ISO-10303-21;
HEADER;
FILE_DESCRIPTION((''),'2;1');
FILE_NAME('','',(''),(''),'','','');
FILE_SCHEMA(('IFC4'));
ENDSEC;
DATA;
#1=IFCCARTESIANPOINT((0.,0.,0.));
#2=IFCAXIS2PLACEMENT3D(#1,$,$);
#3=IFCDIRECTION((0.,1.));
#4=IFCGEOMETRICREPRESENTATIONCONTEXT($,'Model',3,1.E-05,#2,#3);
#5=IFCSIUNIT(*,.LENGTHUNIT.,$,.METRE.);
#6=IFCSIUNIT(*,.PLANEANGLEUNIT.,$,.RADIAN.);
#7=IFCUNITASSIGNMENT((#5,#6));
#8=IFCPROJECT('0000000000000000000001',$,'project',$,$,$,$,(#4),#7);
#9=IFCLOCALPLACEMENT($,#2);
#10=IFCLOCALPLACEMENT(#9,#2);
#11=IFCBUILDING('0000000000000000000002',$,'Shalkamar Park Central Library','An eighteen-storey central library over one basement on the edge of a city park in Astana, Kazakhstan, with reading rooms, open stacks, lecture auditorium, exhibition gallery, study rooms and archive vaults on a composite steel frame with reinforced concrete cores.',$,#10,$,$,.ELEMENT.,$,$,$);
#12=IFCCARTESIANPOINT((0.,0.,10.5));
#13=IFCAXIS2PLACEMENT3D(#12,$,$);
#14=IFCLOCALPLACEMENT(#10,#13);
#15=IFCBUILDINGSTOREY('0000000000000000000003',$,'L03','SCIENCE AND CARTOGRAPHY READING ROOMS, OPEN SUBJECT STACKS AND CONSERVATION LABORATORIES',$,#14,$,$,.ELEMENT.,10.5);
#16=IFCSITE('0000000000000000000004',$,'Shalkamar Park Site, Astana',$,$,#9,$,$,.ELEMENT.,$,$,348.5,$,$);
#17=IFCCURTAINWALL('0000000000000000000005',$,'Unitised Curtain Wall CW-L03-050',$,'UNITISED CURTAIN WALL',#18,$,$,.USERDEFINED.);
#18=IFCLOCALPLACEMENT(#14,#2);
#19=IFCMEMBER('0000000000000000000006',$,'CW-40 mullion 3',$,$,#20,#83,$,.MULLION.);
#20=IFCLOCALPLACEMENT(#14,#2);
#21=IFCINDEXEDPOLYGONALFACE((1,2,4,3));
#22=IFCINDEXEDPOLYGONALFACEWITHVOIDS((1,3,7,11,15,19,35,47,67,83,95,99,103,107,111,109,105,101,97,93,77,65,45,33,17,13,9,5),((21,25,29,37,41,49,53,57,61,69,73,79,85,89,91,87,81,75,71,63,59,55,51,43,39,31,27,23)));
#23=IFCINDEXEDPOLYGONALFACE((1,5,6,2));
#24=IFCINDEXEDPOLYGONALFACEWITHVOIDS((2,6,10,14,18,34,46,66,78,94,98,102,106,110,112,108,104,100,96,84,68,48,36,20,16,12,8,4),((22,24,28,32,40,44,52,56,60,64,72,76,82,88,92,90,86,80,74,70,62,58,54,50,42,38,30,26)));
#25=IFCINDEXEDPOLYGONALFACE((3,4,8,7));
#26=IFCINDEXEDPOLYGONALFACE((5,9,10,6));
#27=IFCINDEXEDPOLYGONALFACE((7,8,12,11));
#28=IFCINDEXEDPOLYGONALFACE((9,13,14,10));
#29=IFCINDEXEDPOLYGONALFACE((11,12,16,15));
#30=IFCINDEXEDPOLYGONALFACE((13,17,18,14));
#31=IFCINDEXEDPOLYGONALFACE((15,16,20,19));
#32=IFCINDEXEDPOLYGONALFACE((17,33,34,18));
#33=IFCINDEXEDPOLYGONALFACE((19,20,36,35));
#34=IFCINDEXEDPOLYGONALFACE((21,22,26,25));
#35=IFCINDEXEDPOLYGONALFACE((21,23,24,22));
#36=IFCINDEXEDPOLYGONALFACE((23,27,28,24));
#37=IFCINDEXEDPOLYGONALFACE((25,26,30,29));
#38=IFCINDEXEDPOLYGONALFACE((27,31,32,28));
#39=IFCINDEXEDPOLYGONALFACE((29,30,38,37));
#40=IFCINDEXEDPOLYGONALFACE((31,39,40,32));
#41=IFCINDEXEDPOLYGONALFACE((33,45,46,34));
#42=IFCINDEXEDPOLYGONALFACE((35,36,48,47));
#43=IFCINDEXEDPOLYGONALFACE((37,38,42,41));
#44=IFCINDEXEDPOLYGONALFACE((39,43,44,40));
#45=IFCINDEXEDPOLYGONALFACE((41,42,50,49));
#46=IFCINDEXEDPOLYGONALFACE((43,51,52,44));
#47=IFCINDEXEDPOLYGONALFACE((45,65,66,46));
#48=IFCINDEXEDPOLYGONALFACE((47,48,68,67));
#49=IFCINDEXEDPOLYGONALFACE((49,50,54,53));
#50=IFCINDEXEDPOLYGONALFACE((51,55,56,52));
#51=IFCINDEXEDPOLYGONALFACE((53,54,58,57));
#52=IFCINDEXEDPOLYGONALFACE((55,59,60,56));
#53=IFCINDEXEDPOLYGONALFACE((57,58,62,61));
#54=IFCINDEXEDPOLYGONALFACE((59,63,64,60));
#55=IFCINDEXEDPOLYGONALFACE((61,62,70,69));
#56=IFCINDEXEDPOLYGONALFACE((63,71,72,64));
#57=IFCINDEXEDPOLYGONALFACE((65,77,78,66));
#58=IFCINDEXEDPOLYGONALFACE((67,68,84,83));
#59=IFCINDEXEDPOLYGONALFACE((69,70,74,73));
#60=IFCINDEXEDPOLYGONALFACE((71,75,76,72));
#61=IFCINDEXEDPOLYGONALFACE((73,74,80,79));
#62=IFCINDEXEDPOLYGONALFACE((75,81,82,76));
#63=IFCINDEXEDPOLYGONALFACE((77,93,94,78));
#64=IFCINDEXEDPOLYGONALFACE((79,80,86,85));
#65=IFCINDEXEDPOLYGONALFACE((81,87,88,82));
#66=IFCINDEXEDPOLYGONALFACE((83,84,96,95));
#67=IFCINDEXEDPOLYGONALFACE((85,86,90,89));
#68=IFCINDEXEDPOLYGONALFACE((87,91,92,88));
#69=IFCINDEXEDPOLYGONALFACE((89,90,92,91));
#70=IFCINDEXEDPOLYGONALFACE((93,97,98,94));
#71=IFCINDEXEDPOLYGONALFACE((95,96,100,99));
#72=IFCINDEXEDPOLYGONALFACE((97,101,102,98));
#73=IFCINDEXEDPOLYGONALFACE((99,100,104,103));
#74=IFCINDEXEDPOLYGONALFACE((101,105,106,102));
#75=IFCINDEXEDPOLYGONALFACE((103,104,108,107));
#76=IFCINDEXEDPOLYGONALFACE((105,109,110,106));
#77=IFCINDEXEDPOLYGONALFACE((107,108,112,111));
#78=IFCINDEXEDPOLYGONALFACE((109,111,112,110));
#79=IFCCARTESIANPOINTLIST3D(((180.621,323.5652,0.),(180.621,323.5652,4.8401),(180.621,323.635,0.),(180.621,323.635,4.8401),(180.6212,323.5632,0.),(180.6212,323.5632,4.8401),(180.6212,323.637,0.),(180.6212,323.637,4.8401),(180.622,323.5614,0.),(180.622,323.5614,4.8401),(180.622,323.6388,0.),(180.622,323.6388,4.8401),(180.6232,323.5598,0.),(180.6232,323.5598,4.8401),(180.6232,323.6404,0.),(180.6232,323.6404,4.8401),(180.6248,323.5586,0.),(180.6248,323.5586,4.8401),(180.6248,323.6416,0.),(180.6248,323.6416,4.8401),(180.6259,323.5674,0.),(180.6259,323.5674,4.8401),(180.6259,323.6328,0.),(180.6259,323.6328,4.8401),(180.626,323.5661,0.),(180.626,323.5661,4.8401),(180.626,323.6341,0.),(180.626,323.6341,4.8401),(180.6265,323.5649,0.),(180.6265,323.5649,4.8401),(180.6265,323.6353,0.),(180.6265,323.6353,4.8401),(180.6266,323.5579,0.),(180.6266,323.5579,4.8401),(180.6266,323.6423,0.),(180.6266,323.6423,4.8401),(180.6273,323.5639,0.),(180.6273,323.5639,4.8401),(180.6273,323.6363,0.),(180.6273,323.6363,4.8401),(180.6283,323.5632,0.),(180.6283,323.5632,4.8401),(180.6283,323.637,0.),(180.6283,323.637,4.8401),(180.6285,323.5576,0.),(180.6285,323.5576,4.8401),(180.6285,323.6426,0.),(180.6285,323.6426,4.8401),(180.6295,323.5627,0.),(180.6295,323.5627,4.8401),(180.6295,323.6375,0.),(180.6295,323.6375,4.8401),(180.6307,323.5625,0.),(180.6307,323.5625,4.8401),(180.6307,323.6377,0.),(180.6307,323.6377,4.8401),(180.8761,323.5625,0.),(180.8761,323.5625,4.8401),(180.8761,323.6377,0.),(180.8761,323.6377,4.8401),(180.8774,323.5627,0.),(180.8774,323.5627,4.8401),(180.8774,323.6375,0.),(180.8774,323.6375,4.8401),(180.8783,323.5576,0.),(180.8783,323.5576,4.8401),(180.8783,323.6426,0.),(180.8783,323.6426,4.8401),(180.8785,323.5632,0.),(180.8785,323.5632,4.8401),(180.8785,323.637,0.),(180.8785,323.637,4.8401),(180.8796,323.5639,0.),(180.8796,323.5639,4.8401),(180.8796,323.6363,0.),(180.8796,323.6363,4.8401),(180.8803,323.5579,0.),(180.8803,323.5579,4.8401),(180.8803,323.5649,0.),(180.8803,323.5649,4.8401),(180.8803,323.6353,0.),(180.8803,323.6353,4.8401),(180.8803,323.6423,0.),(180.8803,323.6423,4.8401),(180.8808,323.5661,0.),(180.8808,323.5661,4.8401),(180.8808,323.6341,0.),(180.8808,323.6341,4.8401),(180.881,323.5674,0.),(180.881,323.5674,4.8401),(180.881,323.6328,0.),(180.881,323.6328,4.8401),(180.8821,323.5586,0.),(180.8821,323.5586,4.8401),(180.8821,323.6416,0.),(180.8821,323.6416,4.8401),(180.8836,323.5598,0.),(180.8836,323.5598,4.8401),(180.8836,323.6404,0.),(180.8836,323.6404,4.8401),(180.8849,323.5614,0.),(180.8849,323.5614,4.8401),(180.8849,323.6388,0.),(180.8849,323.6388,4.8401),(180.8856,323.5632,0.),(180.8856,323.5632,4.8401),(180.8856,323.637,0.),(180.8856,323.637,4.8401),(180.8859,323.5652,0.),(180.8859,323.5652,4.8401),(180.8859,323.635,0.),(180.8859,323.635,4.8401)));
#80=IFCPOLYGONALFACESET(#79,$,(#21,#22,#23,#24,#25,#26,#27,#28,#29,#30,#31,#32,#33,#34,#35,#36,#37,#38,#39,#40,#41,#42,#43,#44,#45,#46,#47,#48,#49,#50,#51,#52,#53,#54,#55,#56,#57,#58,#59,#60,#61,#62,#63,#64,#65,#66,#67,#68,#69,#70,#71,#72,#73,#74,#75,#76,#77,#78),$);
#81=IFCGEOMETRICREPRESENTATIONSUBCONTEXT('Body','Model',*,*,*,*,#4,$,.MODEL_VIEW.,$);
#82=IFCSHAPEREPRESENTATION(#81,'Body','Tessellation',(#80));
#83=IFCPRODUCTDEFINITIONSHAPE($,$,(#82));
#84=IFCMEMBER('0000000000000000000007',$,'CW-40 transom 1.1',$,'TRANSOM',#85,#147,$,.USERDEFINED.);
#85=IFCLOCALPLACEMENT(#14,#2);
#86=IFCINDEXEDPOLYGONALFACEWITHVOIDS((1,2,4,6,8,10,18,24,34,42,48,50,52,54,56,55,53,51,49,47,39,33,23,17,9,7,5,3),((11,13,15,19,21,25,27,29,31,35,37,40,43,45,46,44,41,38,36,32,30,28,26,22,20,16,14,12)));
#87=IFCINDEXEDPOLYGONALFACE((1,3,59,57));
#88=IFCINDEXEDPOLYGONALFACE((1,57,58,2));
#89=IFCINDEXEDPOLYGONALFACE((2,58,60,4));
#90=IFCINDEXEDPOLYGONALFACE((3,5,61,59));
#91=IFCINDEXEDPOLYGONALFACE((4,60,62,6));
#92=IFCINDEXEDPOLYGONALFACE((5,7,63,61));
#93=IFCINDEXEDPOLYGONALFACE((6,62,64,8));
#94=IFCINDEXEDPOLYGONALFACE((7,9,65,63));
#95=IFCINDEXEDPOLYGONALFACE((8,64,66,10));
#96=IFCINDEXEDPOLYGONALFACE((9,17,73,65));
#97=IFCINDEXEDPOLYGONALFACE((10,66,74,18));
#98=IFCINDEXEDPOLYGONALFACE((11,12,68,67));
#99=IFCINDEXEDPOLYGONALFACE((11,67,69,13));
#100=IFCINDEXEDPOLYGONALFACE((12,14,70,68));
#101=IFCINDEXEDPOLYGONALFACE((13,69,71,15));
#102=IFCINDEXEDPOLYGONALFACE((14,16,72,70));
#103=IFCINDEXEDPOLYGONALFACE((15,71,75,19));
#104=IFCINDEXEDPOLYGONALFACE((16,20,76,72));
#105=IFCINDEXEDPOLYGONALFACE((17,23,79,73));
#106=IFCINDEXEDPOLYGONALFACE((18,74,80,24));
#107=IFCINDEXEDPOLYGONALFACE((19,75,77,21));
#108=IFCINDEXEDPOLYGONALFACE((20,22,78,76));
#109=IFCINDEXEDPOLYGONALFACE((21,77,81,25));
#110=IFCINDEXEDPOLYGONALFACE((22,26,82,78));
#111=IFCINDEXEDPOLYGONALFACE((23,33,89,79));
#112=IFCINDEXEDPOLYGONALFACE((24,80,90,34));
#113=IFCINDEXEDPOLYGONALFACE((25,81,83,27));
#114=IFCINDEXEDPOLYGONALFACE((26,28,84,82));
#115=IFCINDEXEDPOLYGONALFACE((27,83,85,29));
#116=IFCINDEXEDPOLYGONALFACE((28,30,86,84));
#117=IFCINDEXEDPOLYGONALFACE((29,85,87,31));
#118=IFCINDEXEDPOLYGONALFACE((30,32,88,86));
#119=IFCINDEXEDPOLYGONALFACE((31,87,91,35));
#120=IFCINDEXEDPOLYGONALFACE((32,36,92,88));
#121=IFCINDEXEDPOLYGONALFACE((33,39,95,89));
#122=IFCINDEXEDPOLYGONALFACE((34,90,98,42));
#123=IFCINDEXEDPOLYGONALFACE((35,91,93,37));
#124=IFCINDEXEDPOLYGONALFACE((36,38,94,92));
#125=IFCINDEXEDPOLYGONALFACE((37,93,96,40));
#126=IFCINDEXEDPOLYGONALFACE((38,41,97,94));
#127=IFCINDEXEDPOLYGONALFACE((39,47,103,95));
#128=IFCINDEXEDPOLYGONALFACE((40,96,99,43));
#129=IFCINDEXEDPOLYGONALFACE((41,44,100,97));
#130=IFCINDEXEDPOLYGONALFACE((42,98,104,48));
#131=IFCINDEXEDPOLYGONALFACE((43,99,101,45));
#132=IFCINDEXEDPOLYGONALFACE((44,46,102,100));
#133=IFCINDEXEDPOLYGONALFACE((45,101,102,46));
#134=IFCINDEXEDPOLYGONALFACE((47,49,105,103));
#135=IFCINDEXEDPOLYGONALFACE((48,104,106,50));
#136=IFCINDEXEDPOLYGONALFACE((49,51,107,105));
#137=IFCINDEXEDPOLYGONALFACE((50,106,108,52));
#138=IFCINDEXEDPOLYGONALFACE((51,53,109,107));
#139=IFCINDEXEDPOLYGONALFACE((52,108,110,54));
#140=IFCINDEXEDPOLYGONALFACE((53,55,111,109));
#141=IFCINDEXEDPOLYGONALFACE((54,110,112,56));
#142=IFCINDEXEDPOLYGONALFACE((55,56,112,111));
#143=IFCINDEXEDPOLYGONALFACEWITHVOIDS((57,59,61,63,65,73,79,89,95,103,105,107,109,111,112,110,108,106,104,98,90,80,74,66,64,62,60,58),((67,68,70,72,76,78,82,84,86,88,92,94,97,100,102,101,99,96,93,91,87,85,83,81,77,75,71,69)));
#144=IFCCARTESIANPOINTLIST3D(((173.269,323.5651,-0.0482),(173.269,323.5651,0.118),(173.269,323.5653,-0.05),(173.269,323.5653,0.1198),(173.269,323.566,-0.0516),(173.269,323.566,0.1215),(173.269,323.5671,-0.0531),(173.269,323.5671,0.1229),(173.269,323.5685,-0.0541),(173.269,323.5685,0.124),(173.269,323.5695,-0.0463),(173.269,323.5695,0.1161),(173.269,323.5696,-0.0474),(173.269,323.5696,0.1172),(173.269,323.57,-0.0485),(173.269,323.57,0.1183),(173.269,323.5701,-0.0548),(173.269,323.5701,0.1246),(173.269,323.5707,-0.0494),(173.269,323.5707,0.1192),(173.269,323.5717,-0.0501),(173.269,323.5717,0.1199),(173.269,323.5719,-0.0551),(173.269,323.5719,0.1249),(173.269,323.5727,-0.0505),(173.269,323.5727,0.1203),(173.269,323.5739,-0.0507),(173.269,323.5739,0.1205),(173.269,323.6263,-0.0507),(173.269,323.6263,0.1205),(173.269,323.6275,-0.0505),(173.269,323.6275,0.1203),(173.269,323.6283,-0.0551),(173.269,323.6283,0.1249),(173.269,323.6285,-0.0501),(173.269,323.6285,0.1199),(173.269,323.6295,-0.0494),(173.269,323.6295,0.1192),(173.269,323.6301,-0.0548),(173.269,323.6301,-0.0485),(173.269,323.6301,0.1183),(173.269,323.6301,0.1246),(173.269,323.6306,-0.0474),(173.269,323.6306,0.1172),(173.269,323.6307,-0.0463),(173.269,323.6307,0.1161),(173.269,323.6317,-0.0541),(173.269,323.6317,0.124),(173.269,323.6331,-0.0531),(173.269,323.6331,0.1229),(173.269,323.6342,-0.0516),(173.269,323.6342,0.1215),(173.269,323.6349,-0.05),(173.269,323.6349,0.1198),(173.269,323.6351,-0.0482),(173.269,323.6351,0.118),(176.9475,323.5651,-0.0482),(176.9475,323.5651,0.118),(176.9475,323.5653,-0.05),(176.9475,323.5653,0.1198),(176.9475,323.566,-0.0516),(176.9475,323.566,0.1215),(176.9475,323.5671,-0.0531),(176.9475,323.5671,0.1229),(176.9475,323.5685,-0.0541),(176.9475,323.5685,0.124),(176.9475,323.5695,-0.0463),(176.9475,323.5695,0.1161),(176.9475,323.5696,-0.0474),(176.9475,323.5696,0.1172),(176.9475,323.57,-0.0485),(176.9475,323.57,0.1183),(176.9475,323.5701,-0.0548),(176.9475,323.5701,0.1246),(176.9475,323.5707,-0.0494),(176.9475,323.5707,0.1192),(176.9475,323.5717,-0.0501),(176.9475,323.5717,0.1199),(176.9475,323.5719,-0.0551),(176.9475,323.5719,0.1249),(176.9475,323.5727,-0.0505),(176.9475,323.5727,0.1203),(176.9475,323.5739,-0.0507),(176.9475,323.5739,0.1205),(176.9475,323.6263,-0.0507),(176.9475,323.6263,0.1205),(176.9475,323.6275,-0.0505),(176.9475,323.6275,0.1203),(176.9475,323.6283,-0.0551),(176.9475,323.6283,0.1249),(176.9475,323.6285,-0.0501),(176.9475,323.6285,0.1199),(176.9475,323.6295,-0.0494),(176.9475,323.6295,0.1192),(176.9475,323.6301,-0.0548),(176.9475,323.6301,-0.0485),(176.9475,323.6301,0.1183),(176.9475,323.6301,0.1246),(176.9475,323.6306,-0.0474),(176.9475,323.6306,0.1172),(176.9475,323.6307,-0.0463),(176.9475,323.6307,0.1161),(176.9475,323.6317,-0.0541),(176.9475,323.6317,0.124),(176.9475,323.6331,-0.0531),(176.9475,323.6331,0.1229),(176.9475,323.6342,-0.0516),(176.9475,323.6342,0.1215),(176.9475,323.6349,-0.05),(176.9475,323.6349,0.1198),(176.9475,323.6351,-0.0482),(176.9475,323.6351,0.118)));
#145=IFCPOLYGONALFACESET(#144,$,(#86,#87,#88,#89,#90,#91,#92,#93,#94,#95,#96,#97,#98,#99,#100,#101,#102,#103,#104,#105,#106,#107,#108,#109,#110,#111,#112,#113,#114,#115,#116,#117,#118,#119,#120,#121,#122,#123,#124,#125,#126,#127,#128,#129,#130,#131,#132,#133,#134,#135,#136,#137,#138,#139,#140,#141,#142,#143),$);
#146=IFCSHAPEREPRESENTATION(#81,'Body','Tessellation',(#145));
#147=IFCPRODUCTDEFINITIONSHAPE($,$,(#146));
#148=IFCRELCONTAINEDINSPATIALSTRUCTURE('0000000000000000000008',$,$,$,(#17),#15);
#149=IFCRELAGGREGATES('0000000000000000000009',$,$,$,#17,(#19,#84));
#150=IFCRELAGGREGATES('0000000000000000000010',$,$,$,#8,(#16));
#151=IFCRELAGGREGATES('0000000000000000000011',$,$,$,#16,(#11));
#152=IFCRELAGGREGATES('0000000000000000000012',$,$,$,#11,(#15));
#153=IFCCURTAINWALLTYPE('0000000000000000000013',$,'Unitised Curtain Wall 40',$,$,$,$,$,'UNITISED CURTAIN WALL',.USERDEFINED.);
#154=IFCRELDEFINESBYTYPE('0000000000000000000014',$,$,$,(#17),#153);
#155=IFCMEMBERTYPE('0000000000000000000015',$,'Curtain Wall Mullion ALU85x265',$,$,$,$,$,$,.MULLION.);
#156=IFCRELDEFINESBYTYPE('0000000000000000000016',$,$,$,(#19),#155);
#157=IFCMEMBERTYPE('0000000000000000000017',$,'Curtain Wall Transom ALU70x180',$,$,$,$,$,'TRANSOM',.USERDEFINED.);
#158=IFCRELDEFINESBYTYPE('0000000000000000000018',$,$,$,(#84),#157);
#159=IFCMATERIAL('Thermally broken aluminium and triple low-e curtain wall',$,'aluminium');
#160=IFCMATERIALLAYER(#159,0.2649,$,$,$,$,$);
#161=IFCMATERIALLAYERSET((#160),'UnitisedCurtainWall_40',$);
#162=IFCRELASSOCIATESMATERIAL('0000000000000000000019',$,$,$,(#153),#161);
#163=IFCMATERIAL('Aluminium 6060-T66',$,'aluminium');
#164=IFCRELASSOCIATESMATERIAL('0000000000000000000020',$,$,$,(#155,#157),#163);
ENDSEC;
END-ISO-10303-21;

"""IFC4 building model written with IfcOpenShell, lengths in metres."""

from ifc_helpers import new_model, si_unit, direction, frame, origin, origin_2d, place, context, subcontext, project, spatial, hollow_rectangle, extrude, material, layer, layer_set, material_profile, profile_set, type_object, element, aggregate, save


model = new_model("IFC4")

# Units and contexts
model_context = context("Model", 3, precision=1e-05, world=origin(), true_north=direction((0.0, 1.0)))
body_context = subcontext(model_context, "Body", "Model", "MODEL_VIEW")
ifc_project = project(units=[si_unit("LENGTHUNIT", "METRE"), si_unit("PLANEANGLEUNIT", "RADIAN")], contexts=[model_context])

# Site, building, storey
site_placement = place(None, origin())
site = spatial("IfcSite", under=ifc_project, at=site_placement, Name="Shalkamar Park Site, Astana", CompositionType="ELEMENT", RefElevation=348.5)
building_placement = place(site_placement, origin())
building = spatial("IfcBuilding", under=site, at=building_placement, Name="Shalkamar Park Central Library", Description="An eighteen-storey central library over one basement on the edge of a city park in Astana, Kazakhstan, with reading rooms, open stacks, lecture auditorium, exhibition gallery, study rooms and archive vaults on a composite steel frame with reinforced concrete cores.", CompositionType="ELEMENT")
storey_placement = place(building_placement, frame((0.0, 0.0, 10.5)))
storey = spatial("IfcBuildingStorey", under=building, at=storey_placement, Name="L03", Description="SCIENCE AND CARTOGRAPHY READING ROOMS, OPEN SUBJECT STACKS AND CONSERVATION LABORATORIES", CompositionType="ELEMENT", Elevation=10.5)

# Shared definitions
ifc_material_1 = material(Name="Thermally broken aluminium and triple low-e curtain wall", Category="aluminium")
ifc_material_2 = material(Name="Aluminium 6060-T66", Category="aluminium")

# Curtain wall, members
ifc_layer_1 = layer(ifc_material_1, 0.2649)
ifc_layer_set_1 = layer_set([ifc_layer_1], Name="UnitisedCurtainWall_40")
curtain_wall_type_1 = type_object("IfcCurtainWallType", Name="Unitised Curtain Wall 40", ElementType="UNITISED CURTAIN WALL", PredefinedType="USERDEFINED", material=ifc_layer_set_1)
curtain_wall_1_placement = place(storey_placement, origin())
curtain_wall_1 = element("IfcCurtainWall", 1, at=curtain_wall_1_placement, inside=storey, type_object=curtain_wall_type_1, Name="Unitised Curtain Wall CW-L03-050", ObjectType="UNITISED CURTAIN WALL", PredefinedType="USERDEFINED")
ifc_material_profile_1 = material_profile(ifc_material_2, hollow_rectangle(XDim=0.085, YDim=0.2649, WallThickness=0.0049, InnerFilletRadius=0.0049, OuterFilletRadius=0.0076, at=origin_2d()), Name="ALU 85x265x5")
ifc_profile_set_1 = profile_set([ifc_material_profile_1], Name="Aluminium 6060-T66")
member_type_1 = type_object("IfcMemberType", Name="Curtain Wall Mullion ALU85x265", PredefinedType="MULLION", material=ifc_profile_set_1)
member_1_placement = place(storey_placement, frame((180.7534, 323.6001, 0.0), z_axis=(0.0, 0.0, 1.0), x_axis=(0.0, 1.0, 0.0)))
member_1 = element("IfcMember", 2, at=member_1_placement, type_object=member_type_1, Name="CW-40 mullion 3", PredefinedType="MULLION", context=body_context, shape_type="SweptSolid", body=[
    extrude(hollow_rectangle(XDim=0.085, YDim=0.2649, WallThickness=0.0049, InnerFilletRadius=0.0049, OuterFilletRadius=0.0076, at=origin_2d()), origin(), (0.0, 0.0, 1.0), 4.8401),
])
ifc_material_profile_2 = material_profile(ifc_material_2, hollow_rectangle(XDim=0.0701, YDim=0.1799, WallThickness=0.0044, InnerFilletRadius=0.0044, OuterFilletRadius=0.0068, at=origin_2d()), Name="ALU 70x180x4.5")
ifc_profile_set_2 = profile_set([ifc_material_profile_2], Name="Aluminium 6060-T66")
member_type_2 = type_object("IfcMemberType", Name="Curtain Wall Transom ALU70x180", ElementType="TRANSOM", PredefinedType="USERDEFINED", material=ifc_profile_set_2)
member_2_placement = place(storey_placement, frame((173.269, 323.6001, 0.0349), z_axis=(1.0, 0.0, 0.0), x_axis=(0.0, 1.0, 0.0)))
member_2 = element("IfcMember", 3, at=member_2_placement, type_object=member_type_2, Name="CW-40 transom 1.1", ObjectType="TRANSOM", PredefinedType="USERDEFINED", context=body_context, shape_type="SweptSolid", body=[
    extrude(hollow_rectangle(XDim=0.0701, YDim=0.1799, WallThickness=0.0044, InnerFilletRadius=0.0044, OuterFilletRadius=0.0068, at=origin_2d()), origin(), (0.0, 0.0, 1.0), 3.6785),
])

aggregate(curtain_wall_1, [member_1, member_2])

save(model, "model.ifc")
